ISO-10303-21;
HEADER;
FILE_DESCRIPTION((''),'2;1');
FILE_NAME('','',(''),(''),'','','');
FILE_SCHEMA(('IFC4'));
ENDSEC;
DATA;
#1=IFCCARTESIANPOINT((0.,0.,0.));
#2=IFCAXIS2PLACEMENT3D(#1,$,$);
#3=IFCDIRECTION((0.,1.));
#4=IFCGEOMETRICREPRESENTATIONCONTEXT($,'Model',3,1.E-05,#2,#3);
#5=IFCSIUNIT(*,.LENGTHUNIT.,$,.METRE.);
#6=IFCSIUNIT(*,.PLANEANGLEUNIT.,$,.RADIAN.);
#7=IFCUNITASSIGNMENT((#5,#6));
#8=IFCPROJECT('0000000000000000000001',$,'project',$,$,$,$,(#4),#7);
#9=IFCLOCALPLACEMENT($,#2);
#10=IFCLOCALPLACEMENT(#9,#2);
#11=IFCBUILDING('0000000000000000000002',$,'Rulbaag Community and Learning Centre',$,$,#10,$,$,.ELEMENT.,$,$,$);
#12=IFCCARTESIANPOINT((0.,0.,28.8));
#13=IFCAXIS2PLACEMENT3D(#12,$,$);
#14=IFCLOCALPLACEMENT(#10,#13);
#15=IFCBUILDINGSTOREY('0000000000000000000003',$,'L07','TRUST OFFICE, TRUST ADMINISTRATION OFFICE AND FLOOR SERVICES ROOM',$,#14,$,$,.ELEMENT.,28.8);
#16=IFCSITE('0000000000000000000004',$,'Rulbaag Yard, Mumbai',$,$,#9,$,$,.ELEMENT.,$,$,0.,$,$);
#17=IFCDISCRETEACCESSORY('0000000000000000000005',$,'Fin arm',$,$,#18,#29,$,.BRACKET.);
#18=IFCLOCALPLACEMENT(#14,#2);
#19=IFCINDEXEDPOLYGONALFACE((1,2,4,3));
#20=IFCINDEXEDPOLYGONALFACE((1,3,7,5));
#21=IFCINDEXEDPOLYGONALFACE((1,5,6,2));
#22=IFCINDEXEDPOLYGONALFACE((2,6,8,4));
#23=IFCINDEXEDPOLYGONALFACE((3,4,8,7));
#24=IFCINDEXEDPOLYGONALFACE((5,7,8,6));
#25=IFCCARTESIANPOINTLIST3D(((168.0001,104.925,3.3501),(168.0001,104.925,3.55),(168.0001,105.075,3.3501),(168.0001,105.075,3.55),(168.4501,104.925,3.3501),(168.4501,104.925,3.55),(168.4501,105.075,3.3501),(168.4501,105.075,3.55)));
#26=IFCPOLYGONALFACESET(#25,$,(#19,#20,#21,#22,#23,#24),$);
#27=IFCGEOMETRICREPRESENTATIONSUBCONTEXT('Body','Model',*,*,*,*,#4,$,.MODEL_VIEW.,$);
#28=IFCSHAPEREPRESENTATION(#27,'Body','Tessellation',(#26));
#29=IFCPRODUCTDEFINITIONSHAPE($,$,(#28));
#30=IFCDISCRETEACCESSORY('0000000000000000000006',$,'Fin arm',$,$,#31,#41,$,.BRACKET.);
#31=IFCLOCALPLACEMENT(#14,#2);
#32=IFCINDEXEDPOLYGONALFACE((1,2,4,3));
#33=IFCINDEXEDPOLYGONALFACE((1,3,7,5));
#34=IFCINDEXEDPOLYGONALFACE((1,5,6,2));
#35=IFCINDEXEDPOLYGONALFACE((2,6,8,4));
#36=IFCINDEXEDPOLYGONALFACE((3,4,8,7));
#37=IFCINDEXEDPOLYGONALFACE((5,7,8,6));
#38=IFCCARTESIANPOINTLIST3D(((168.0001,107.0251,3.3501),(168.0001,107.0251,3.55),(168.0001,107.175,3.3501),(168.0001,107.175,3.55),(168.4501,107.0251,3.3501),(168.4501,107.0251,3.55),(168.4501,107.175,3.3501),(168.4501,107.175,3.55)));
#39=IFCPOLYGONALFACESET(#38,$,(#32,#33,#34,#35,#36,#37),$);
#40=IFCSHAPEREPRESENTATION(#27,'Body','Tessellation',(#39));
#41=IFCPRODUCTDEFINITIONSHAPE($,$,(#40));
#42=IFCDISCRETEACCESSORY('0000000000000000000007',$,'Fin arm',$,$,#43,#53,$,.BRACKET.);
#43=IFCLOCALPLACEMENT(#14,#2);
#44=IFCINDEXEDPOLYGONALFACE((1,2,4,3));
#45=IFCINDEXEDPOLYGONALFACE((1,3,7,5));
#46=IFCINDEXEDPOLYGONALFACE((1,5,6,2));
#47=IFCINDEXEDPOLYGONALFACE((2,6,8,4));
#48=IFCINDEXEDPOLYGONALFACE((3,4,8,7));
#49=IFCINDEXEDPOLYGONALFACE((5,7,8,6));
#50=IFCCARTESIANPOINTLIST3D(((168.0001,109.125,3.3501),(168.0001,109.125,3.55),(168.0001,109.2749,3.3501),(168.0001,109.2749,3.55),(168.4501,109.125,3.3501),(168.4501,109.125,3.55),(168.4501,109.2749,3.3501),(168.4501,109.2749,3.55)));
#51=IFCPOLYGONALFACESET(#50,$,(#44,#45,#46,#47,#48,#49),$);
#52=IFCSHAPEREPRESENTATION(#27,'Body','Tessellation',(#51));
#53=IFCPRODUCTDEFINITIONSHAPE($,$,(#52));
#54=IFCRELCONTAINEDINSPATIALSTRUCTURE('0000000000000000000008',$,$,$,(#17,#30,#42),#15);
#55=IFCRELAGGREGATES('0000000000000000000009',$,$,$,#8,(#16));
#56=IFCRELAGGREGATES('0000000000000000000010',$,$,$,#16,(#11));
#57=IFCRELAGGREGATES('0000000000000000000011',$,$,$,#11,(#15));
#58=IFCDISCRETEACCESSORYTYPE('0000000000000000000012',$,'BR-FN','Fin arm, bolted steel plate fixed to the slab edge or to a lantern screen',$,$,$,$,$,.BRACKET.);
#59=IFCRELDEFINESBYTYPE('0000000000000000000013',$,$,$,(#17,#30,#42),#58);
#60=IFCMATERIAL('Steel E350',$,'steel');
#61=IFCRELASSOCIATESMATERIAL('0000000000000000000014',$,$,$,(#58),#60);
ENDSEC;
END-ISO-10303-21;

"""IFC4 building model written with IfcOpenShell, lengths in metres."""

from ifc_helpers import new_model, si_unit, direction, frame, origin, origin_2d, place, context, subcontext, project, spatial, rectangle, extrude, material, type_object, element, save


model = new_model("IFC4")

# Units and contexts
model_context = context("Model", 3, precision=1e-05, world=origin(), true_north=direction((0.0, 1.0)))
body_context = subcontext(model_context, "Body", "Model", "MODEL_VIEW")
ifc_project = project(units=[si_unit("LENGTHUNIT", "METRE"), si_unit("PLANEANGLEUNIT", "RADIAN")], contexts=[model_context])

# Site, building, storey
site_placement = place(None, origin())
site = spatial("IfcSite", under=ifc_project, at=site_placement, Name="Rulbaag Yard, Mumbai", CompositionType="ELEMENT", RefElevation=0.0)
building_placement = place(site_placement, origin())
building = spatial("IfcBuilding", under=site, at=building_placement, Name="Rulbaag Community and Learning Centre", CompositionType="ELEMENT")
storey_placement = place(building_placement, frame((0.0, 0.0, 28.8)))
storey = spatial("IfcBuildingStorey", under=building, at=storey_placement, Name="L07", Description="TRUST OFFICE, TRUST ADMINISTRATION OFFICE AND FLOOR SERVICES ROOM", CompositionType="ELEMENT", Elevation=28.8)

# Discrete accessories
ifc_material_1 = material(Name="Steel E350", Category="steel")
discrete_accessory_type = type_object("IfcDiscreteAccessoryType", Name="BR-FN", Description="Fin arm, bolted steel plate fixed to the slab edge or to a lantern screen", PredefinedType="BRACKET", material=ifc_material_1)
for number, where, z_axis, x_axis, name in (
    (1, (168.2251, 105.0, 3.3501), (0.0, 0.0, 1.0), (1.0, 0.0, 0.0), "Fin arm"),
    (2, (168.2251, 107.1001, 3.3501), (0.0, 0.0, 1.0), (1.0, 0.0, 0.0), "Fin arm"),
    (3, (168.2251, 109.2, 3.3501), (0.0, 0.0, 1.0), (1.0, 0.0, 0.0), "Fin arm"),
):
    element("IfcDiscreteAccessory", number, at=place(storey_placement, frame(where, z_axis=z_axis, x_axis=x_axis)), inside=storey, type_object=discrete_accessory_type, Name=name, PredefinedType="BRACKET", context=body_context, shape_type="SweptSolid", body=[
        extrude(rectangle(XDim=0.45, YDim=0.1499, at=origin_2d()), origin(), (0.0, 0.0, 1.0), 0.2),
    ])

save(model, "model.ifc")
